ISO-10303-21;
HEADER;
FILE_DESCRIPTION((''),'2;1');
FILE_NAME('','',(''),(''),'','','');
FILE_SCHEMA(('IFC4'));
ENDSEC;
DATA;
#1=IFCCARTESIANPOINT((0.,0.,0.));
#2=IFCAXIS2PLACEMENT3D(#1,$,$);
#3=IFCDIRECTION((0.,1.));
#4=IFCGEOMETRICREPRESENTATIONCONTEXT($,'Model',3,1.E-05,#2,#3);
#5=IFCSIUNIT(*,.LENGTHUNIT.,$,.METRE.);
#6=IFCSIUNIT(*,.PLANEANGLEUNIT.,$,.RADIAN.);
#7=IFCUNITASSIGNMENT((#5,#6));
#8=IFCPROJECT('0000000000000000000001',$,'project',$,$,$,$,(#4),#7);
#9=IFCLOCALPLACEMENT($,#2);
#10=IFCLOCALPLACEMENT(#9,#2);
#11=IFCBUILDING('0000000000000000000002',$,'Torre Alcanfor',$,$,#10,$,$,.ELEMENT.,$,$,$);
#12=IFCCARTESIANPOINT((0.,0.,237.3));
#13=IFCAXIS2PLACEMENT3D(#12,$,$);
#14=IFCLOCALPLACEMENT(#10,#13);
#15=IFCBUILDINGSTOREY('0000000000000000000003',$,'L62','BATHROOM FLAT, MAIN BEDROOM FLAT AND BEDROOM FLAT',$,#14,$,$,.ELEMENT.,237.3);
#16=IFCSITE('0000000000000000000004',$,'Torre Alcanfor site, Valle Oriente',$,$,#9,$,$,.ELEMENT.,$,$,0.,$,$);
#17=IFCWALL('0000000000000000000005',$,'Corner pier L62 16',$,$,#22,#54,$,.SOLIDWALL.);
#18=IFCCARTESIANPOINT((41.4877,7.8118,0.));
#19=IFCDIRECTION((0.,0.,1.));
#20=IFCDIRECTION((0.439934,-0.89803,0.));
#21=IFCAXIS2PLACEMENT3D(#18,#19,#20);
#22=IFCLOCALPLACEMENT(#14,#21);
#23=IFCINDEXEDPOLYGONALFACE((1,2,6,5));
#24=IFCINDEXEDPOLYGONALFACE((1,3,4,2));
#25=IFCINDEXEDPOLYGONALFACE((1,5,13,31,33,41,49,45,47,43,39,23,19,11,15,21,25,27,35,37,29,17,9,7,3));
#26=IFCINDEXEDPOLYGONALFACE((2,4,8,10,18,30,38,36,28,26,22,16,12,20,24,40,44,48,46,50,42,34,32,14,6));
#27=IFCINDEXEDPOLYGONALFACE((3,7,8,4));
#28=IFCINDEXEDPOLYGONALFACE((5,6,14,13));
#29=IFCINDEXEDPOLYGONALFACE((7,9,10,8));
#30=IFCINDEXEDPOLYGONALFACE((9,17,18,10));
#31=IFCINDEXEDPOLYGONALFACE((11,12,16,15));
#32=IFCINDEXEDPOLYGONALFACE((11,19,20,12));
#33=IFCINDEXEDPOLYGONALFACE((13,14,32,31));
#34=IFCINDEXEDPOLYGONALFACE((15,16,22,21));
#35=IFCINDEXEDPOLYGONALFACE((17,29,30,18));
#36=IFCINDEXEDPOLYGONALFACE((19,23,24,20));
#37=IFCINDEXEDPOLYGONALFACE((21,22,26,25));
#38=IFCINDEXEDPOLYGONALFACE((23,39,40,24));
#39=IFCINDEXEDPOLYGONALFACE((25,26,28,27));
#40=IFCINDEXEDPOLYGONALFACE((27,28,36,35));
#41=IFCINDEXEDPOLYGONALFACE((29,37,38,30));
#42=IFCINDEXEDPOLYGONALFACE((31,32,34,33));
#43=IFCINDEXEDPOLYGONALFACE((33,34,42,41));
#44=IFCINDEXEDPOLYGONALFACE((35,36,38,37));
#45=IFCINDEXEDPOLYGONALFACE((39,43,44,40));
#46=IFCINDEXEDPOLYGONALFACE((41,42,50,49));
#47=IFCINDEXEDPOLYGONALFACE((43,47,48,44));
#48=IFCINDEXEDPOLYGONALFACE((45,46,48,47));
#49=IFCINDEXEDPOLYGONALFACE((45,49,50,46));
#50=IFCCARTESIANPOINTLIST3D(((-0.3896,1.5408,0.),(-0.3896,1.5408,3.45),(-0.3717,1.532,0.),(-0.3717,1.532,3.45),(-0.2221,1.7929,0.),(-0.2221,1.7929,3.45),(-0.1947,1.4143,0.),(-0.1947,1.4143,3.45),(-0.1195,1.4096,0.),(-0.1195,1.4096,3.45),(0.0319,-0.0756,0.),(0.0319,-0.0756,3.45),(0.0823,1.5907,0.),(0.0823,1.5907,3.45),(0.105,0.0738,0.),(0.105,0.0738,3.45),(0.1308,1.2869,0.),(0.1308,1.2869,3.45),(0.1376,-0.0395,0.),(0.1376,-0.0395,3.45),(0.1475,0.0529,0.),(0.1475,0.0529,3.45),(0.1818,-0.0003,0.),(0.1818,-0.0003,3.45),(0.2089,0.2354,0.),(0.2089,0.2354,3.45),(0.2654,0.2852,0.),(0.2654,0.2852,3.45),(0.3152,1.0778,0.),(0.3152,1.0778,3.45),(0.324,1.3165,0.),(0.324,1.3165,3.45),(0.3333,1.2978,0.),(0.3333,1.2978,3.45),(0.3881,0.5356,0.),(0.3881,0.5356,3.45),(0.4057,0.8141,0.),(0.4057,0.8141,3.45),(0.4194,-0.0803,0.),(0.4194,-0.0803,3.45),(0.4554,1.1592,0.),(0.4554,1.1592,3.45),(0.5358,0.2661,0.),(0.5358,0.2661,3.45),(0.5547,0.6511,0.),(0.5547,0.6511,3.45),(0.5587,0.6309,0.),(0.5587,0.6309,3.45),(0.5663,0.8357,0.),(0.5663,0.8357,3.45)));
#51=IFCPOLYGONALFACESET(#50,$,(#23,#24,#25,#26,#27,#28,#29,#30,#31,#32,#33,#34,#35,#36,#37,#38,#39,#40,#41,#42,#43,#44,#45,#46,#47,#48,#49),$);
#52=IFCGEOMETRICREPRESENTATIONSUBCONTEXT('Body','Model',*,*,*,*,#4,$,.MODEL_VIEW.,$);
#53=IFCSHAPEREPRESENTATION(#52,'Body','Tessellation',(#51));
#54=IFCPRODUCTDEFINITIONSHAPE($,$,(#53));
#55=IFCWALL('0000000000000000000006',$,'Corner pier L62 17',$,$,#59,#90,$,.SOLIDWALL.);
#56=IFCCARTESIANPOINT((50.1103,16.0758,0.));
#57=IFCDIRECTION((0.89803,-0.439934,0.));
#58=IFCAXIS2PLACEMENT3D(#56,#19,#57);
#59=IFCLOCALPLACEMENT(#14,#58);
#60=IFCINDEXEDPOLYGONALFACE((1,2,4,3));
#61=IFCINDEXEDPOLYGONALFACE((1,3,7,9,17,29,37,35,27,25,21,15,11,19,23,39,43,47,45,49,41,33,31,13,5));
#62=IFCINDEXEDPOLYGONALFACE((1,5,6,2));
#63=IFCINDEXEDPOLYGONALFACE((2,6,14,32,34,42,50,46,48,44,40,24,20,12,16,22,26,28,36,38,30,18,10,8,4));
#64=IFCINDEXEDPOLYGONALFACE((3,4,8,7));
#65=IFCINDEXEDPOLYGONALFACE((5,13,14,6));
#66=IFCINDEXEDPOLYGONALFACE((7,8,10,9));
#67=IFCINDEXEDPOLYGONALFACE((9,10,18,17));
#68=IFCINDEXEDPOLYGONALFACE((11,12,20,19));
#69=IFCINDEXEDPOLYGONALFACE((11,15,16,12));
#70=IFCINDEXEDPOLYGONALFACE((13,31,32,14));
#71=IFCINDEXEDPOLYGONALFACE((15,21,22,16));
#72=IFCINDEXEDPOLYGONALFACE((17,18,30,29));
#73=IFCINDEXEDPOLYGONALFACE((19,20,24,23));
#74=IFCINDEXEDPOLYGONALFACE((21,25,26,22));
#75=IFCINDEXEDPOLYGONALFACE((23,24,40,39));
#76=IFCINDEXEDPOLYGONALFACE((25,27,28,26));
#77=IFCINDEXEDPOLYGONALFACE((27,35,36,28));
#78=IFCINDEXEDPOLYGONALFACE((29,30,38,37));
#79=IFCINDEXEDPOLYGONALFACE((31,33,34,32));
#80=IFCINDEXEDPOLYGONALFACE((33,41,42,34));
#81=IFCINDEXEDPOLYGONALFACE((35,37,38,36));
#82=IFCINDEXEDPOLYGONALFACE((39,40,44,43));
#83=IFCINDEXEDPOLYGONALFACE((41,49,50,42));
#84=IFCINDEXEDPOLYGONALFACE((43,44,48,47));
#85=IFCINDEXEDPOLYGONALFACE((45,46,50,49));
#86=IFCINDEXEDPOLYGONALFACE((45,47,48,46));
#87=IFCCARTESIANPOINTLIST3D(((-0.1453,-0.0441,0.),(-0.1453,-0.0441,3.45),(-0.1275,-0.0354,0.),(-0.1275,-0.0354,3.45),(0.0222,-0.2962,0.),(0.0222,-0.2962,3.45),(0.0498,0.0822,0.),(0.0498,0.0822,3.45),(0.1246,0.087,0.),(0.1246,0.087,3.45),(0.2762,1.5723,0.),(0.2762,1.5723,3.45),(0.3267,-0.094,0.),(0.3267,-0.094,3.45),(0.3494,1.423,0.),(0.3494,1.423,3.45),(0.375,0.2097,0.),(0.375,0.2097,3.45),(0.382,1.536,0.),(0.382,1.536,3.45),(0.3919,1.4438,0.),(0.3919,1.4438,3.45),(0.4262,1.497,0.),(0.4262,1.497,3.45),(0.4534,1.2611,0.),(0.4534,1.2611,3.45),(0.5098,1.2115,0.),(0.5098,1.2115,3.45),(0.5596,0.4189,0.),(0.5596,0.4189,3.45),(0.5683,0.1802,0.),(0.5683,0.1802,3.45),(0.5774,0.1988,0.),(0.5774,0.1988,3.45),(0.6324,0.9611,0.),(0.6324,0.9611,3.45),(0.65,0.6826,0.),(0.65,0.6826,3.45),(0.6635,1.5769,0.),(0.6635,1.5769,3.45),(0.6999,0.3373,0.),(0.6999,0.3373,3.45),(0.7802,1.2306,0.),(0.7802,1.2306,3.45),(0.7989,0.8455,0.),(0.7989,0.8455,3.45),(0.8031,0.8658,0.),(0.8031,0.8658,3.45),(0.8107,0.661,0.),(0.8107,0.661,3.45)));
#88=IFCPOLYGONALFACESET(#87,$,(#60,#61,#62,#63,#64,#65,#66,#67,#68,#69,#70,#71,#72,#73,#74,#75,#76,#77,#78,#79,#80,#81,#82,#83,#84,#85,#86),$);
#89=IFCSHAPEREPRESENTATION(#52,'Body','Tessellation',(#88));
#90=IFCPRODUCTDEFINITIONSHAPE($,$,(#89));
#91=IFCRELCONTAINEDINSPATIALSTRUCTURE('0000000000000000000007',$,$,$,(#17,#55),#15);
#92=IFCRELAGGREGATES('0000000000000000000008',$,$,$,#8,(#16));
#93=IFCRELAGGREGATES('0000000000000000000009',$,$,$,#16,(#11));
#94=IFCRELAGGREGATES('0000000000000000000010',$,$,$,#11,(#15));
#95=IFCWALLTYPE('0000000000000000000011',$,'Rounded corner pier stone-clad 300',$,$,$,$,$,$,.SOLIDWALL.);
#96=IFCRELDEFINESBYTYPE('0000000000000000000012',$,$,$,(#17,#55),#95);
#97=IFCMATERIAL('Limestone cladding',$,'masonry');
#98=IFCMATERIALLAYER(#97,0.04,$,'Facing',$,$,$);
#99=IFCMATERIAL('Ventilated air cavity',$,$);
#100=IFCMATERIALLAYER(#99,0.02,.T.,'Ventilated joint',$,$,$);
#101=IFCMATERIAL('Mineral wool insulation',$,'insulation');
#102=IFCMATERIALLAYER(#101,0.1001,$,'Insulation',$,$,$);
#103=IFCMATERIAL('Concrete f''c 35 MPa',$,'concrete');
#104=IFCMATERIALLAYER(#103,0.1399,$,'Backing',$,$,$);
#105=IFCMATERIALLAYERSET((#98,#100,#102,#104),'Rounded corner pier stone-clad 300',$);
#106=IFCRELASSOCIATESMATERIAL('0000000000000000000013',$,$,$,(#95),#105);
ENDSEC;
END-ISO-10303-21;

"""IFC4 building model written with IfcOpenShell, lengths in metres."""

from ifc_helpers import new_model, si_unit, direction, frame, origin, place, context, subcontext, project, spatial, polyline, outline, extrude, material, layer, layer_set, type_object, element, save


model = new_model("IFC4")

# Units and contexts
model_context = context("Model", 3, precision=1e-05, world=origin(), true_north=direction((0.0, 1.0)))
body_context = subcontext(model_context, "Body", "Model", "MODEL_VIEW")
ifc_project = project(units=[si_unit("LENGTHUNIT", "METRE"), si_unit("PLANEANGLEUNIT", "RADIAN")], contexts=[model_context])

# Site, building, storey
site_placement = place(None, origin())
site = spatial("IfcSite", under=ifc_project, at=site_placement, Name="Torre Alcanfor site, Valle Oriente", CompositionType="ELEMENT", RefElevation=0.0)
building_placement = place(site_placement, origin())
building = spatial("IfcBuilding", under=site, at=building_placement, Name="Torre Alcanfor", CompositionType="ELEMENT")
storey_placement = place(building_placement, frame((0.0, 0.0, 237.3)))
storey = spatial("IfcBuildingStorey", under=building, at=storey_placement, Name="L62", Description="BATHROOM FLAT, MAIN BEDROOM FLAT AND BEDROOM FLAT", CompositionType="ELEMENT", Elevation=237.3)

# Shared definitions
ifc_material_1 = material(Name="Limestone cladding", Category="masonry")
ifc_material_2 = material(Name="Ventilated air cavity")
ifc_material_3 = material(Name="Mineral wool insulation", Category="insulation")
ifc_material_4 = material(Name="Concrete f'c 35 MPa", Category="concrete")

# Walls
ifc_layer_1 = layer(ifc_material_1, 0.04, Name="Facing")
ifc_layer_2 = layer(ifc_material_2, 0.02, ventilated=True, Name="Ventilated joint")
ifc_layer_3 = layer(ifc_material_3, 0.1001, Name="Insulation")
ifc_layer_4 = layer(ifc_material_4, 0.1399, Name="Backing")
ifc_layer_set_1 = layer_set([ifc_layer_1, ifc_layer_2, ifc_layer_3, ifc_layer_4], Name="Rounded corner pier stone-clad 300")
wall_type_1 = type_object("IfcWallType", Name="Rounded corner pier stone-clad 300", PredefinedType="SOLIDWALL", material=ifc_layer_set_1)
wall_1_placement = place(storey_placement, frame((41.4877, 7.8118, 0.0), z_axis=(0.0, 0.0, 1.0), x_axis=(0.439934, -0.89803, 0.0)))
element("IfcWall", 1, at=wall_1_placement, inside=storey, type_object=wall_type_1, Name="Corner pier L62 16", PredefinedType="SOLIDWALL", context=body_context, shape_type="SweptSolid", body=[
    extrude(outline(polyline([(-0.2221, 1.7929), (-0.3896, 1.5408), (-0.3717, 1.532), (-0.1947, 1.4143), (-0.1195, 1.4096), (0.1308, 1.2869), (0.3152, 1.0778), (0.4057, 0.8141), (0.3881, 0.5356), (0.2654, 0.2852), (0.2089, 0.2354), (0.1475, 0.0529), (0.105, 0.0738), (0.0319, -0.0756), (0.1376, -0.0395), (0.1818, -0.0003), (0.4194, -0.0803), (0.5358, 0.2661), (0.5587, 0.6309), (0.5547, 0.6511), (0.5663, 0.8357), (0.4554, 1.1592), (0.3333, 1.2978), (0.324, 1.3165), (0.0823, 1.5907), (-0.2221, 1.7929)])), origin(), (0.0, 0.0, 1.0), 3.45),
])
wall_2_placement = place(storey_placement, frame((50.1103, 16.0758, 0.0), z_axis=(0.0, 0.0, 1.0), x_axis=(0.89803, -0.439934, 0.0)))
element("IfcWall", 2, at=wall_2_placement, inside=storey, type_object=wall_type_1, Name="Corner pier L62 17", PredefinedType="SOLIDWALL", context=body_context, shape_type="SweptSolid", body=[
    extrude(outline(polyline([(0.6635, 1.5769), (0.4262, 1.497), (0.382, 1.536), (0.2762, 1.5723), (0.3494, 1.423), (0.3919, 1.4438), (0.4534, 1.2611), (0.5098, 1.2115), (0.6324, 0.9611), (0.65, 0.6826), (0.5596, 0.4189), (0.375, 0.2097), (0.1246, 0.087), (0.0498, 0.0822), (-0.1275, -0.0354), (-0.1453, -0.0441), (0.0222, -0.2962), (0.3267, -0.094), (0.5683, 0.1802), (0.5774, 0.1988), (0.6999, 0.3373), (0.8107, 0.661), (0.7989, 0.8455), (0.8031, 0.8658), (0.7802, 1.2306), (0.6635, 1.5769)])), origin(), (0.0, 0.0, 1.0), 3.45),
])

save(model, "model.ifc")
